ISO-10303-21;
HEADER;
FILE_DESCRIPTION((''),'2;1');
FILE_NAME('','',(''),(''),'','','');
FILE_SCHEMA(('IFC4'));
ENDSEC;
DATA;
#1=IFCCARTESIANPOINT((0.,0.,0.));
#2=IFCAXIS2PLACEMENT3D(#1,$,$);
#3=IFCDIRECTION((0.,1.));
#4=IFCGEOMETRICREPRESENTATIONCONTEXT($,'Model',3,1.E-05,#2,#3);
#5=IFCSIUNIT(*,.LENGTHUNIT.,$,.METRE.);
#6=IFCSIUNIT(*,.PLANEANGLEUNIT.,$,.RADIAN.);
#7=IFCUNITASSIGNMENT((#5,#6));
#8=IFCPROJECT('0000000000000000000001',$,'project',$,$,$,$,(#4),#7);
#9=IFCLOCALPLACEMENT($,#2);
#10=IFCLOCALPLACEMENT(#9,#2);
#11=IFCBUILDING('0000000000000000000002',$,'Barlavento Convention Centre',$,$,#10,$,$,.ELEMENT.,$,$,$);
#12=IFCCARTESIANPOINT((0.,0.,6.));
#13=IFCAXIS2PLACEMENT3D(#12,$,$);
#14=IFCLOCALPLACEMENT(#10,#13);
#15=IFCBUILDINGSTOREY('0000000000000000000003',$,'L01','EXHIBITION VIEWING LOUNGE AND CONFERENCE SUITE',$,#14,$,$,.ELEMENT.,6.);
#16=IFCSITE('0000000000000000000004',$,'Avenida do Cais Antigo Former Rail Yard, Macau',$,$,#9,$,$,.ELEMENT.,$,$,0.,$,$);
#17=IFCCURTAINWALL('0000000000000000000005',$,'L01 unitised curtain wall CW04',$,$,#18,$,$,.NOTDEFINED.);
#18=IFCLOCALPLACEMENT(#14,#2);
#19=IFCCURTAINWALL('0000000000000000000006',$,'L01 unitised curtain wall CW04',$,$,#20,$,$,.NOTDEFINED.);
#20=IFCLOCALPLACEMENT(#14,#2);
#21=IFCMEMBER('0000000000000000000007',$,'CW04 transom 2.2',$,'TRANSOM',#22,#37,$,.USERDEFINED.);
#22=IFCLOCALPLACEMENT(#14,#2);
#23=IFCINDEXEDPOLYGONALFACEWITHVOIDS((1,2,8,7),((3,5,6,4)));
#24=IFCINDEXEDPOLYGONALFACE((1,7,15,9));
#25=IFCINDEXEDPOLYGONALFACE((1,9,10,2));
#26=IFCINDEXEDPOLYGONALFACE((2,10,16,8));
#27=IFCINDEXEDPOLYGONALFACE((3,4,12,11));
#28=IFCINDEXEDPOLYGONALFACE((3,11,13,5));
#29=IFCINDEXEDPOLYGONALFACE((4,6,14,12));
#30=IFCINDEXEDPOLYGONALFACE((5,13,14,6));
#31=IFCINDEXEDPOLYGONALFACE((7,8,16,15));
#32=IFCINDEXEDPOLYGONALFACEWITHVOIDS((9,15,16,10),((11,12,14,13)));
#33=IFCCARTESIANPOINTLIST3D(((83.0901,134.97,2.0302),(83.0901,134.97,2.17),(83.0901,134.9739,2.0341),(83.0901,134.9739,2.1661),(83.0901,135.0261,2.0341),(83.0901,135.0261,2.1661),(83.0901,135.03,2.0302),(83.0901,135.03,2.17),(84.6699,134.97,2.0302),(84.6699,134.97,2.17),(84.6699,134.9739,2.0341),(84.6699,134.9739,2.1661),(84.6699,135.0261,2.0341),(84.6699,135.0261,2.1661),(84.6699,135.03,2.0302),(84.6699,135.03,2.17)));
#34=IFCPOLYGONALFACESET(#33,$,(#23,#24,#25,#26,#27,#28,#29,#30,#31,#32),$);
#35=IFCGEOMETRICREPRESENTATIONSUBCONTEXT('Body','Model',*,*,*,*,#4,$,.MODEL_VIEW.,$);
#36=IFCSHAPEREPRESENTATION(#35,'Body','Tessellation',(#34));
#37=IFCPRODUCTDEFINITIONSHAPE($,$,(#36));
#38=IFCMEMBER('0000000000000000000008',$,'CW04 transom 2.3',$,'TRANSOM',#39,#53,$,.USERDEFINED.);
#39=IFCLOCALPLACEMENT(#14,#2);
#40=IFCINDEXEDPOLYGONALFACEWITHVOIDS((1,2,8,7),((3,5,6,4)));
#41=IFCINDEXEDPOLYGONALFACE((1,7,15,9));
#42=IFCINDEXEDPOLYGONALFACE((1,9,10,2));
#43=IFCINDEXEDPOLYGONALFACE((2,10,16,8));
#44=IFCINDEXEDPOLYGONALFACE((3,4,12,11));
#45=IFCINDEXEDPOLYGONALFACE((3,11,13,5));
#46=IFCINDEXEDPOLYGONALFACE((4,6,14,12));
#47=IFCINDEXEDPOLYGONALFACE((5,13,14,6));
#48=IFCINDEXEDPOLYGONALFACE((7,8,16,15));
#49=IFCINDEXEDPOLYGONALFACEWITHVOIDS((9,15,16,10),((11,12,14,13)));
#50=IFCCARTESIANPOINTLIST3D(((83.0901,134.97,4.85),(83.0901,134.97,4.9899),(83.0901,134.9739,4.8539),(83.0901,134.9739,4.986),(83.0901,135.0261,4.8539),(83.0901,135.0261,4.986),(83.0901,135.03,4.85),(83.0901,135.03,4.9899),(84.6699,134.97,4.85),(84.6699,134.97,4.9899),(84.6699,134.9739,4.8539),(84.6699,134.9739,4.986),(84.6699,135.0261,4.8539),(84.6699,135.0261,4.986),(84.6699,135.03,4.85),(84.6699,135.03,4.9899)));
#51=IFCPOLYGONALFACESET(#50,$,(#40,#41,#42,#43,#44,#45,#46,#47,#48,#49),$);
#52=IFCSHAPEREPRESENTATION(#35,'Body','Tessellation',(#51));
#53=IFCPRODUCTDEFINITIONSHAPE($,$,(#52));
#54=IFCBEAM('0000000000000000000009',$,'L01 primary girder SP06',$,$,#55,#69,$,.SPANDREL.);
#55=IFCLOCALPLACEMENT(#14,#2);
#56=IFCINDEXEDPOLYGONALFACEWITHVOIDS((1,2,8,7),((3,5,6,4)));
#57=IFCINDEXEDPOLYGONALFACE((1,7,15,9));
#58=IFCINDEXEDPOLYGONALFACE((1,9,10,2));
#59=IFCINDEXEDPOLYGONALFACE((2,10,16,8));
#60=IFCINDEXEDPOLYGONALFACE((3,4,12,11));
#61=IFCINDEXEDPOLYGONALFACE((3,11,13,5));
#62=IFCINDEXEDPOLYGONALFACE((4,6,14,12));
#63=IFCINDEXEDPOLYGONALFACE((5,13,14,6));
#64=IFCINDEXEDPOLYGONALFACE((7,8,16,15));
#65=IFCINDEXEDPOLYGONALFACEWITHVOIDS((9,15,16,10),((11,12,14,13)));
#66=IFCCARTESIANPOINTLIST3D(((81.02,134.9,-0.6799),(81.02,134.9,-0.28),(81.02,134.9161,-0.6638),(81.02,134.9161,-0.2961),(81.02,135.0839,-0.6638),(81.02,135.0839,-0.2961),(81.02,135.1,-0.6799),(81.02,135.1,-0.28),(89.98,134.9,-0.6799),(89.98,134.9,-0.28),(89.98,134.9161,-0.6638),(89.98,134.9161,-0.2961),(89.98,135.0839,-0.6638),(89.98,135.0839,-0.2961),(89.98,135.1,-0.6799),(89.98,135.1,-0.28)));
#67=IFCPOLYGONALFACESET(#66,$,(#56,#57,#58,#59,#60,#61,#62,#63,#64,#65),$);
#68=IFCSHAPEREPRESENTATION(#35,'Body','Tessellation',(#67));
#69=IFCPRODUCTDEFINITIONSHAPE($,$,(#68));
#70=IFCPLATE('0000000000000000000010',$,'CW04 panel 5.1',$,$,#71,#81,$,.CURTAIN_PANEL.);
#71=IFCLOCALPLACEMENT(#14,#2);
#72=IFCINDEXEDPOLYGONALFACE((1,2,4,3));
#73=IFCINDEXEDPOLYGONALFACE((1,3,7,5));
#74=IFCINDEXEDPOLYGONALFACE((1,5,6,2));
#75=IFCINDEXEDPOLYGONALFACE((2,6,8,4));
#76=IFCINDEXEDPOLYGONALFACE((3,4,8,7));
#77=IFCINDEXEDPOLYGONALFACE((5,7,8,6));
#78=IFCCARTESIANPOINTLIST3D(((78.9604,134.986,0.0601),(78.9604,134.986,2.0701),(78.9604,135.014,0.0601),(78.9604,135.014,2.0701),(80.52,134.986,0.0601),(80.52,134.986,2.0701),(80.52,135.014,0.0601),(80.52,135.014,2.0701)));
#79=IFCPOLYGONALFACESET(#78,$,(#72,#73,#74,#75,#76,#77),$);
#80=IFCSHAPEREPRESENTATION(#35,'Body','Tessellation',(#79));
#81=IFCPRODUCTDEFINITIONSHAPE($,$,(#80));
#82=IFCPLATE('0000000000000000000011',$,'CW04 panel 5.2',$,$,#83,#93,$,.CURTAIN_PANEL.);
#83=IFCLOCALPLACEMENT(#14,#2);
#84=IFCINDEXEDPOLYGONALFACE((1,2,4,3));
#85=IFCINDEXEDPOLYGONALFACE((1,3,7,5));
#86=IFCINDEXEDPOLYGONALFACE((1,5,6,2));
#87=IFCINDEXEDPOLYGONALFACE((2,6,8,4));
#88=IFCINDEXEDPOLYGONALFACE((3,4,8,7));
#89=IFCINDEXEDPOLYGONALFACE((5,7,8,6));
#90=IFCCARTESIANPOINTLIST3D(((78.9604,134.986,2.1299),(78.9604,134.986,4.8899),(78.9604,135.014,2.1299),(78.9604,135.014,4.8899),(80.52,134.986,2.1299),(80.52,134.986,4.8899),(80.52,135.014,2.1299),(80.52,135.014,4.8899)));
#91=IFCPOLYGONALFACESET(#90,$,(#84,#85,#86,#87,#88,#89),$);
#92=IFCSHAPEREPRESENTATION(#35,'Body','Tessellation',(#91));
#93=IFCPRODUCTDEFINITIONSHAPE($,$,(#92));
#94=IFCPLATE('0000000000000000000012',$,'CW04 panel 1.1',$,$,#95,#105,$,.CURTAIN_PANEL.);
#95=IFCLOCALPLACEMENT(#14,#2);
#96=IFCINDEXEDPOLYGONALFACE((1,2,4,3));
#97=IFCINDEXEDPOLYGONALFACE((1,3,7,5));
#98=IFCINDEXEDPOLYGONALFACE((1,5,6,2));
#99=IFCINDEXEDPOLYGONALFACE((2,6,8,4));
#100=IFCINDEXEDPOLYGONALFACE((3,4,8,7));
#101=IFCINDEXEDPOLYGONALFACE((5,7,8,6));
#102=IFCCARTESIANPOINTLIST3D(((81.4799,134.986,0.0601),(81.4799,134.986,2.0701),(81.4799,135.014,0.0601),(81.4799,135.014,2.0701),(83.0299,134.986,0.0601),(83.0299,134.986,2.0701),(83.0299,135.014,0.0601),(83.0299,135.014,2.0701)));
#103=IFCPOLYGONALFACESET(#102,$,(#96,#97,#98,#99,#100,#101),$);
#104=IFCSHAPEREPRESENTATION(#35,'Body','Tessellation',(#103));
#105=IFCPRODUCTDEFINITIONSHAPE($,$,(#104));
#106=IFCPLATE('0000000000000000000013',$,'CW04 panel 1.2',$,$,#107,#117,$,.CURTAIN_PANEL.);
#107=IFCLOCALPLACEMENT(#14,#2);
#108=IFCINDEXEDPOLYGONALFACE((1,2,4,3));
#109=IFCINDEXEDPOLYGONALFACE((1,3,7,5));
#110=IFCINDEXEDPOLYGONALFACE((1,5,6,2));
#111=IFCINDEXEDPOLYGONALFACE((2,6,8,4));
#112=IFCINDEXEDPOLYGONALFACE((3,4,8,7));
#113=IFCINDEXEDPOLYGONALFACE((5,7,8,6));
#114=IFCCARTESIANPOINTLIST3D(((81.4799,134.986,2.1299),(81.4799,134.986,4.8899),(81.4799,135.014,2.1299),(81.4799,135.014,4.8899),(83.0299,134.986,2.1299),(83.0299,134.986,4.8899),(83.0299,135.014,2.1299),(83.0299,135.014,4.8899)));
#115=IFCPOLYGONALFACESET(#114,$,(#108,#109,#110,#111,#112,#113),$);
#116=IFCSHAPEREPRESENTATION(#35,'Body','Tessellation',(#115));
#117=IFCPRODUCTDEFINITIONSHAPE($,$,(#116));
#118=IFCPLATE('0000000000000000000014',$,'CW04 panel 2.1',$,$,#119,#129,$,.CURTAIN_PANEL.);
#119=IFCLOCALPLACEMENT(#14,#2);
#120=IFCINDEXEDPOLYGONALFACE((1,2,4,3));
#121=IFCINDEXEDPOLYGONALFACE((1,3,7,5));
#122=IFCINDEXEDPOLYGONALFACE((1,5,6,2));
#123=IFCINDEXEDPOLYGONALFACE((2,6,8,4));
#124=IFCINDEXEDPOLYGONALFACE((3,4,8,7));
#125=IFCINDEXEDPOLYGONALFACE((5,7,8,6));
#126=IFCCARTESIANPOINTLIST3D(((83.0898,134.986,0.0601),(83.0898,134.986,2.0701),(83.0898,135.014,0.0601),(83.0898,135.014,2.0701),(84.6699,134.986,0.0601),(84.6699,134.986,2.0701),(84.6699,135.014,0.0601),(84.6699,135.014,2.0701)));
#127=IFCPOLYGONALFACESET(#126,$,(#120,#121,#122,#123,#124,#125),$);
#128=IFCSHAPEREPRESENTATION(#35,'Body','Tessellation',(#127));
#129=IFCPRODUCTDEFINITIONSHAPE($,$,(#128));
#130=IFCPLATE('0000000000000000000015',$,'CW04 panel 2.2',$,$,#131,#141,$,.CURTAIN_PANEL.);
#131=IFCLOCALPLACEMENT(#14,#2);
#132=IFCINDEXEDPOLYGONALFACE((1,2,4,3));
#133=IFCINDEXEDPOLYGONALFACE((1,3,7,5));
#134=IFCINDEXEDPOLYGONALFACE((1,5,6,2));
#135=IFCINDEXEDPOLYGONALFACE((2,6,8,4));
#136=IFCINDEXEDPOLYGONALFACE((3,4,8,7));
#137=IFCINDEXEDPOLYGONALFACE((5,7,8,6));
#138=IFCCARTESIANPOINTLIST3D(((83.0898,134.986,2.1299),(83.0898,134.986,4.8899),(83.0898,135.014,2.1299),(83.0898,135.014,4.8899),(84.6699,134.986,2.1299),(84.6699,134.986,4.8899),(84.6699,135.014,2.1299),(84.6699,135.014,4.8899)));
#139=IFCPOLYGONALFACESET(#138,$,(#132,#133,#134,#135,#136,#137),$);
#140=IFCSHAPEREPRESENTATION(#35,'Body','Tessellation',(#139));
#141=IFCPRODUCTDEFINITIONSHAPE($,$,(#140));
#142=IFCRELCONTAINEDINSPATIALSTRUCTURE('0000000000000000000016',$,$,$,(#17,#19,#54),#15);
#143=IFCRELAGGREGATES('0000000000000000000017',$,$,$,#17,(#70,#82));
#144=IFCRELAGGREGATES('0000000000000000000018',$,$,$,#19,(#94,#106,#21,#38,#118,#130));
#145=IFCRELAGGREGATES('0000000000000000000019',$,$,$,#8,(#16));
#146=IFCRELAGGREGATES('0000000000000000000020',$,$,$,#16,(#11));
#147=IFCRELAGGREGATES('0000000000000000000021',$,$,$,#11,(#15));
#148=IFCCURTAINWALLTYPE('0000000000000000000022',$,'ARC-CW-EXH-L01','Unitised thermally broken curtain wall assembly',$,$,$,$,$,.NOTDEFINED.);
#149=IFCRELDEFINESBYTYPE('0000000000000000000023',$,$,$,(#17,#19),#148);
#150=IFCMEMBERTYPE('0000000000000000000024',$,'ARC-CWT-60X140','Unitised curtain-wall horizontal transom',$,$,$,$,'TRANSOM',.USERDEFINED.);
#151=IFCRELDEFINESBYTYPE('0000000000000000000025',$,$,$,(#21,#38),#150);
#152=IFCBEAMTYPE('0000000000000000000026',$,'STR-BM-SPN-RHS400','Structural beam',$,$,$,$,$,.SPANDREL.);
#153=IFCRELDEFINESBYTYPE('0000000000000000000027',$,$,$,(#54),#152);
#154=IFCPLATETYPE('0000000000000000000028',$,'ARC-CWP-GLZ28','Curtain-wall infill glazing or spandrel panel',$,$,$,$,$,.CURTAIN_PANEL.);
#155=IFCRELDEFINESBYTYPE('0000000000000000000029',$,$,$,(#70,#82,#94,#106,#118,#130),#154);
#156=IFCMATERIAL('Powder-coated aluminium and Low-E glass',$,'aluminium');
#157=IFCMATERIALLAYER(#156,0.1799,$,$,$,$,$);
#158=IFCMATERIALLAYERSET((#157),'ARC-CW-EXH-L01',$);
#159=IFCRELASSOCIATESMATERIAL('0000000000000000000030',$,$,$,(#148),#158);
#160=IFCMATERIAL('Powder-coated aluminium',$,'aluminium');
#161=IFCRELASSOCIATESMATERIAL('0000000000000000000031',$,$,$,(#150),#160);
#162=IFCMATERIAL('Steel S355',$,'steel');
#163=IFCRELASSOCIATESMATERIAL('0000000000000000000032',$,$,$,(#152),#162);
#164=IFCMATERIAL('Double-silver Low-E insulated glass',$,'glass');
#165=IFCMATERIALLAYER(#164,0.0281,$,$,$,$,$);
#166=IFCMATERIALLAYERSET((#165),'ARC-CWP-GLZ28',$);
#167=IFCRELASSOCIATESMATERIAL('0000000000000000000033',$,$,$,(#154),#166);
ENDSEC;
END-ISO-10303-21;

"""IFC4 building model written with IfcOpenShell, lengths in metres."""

from ifc_helpers import new_model, si_unit, direction, frame, origin, origin_2d, place, context, subcontext, project, spatial, rectangle, hollow_rectangle, extrude, material, layer, layer_set, material_profile, profile_set, type_object, element, aggregate, save


model = new_model("IFC4")

# Units and contexts
model_context = context("Model", 3, precision=1e-05, world=origin(), true_north=direction((0.0, 1.0)))
body_context = subcontext(model_context, "Body", "Model", "MODEL_VIEW")
ifc_project = project(units=[si_unit("LENGTHUNIT", "METRE"), si_unit("PLANEANGLEUNIT", "RADIAN")], contexts=[model_context])

# Site, building, storey
site_placement = place(None, origin())
site = spatial("IfcSite", under=ifc_project, at=site_placement, Name="Avenida do Cais Antigo Former Rail Yard, Macau", CompositionType="ELEMENT", RefElevation=0.0)
building_placement = place(site_placement, origin())
building = spatial("IfcBuilding", under=site, at=building_placement, Name="Barlavento Convention Centre", CompositionType="ELEMENT")
storey_placement = place(building_placement, frame((0.0, 0.0, 6.0)))
storey = spatial("IfcBuildingStorey", under=building, at=storey_placement, Name="L01", Description="EXHIBITION VIEWING LOUNGE AND CONFERENCE SUITE", CompositionType="ELEMENT", Elevation=6.0)

# Curtain wall
ifc_material_1 = material(Name="Powder-coated aluminium and Low-E glass", Category="aluminium")
ifc_layer_1 = layer(ifc_material_1, 0.1799)
ifc_layer_set_1 = layer_set([ifc_layer_1], Name="ARC-CW-EXH-L01")
curtain_wall_type = type_object("IfcCurtainWallType", Name="ARC-CW-EXH-L01", Description="Unitised thermally broken curtain wall assembly", PredefinedType="NOTDEFINED", material=ifc_layer_set_1)
curtain_wall_1_placement = place(storey_placement, origin())
curtain_wall_1 = element("IfcCurtainWall", 1, at=curtain_wall_1_placement, inside=storey, type_object=curtain_wall_type, Name="L01 unitised curtain wall CW04", PredefinedType="NOTDEFINED")
ifc_material_2 = material(Name="Powder-coated aluminium", Category="aluminium")

# Curtain wall
curtain_wall_2_placement = place(storey_placement, origin())
curtain_wall_2 = element("IfcCurtainWall", 2, at=curtain_wall_2_placement, inside=storey, type_object=curtain_wall_type, Name="L01 unitised curtain wall CW04", PredefinedType="NOTDEFINED")

# Members
ifc_material_profile_1 = material_profile(ifc_material_2, hollow_rectangle(XDim=0.0601, YDim=0.1399, WallThickness=0.0039, at=origin_2d()), Name="AL-TRAN 60x140x4")
ifc_profile_set_1 = profile_set([ifc_material_profile_1], Name="Powder-coated aluminium")
member_type_1 = type_object("IfcMemberType", Name="ARC-CWT-60X140", Description="Unitised curtain-wall horizontal transom", ElementType="TRANSOM", PredefinedType="USERDEFINED", material=ifc_profile_set_1)
member_1_placement = place(storey_placement, frame((83.0901, 135.0, 2.1001), z_axis=(1.0, 0.0, 0.0), x_axis=(0.0, 1.0, 0.0)))
member_1 = element("IfcMember", 3, at=member_1_placement, type_object=member_type_1, Name="CW04 transom 2.2", ObjectType="TRANSOM", PredefinedType="USERDEFINED", context=body_context, shape_type="SweptSolid", body=[
    extrude(hollow_rectangle(XDim=0.0601, YDim=0.1399, WallThickness=0.0039, at=origin_2d()), origin(), (0.0, 0.0, 1.0), 1.5798),
])
member_2_placement = place(storey_placement, frame((83.0901, 135.0, 4.9199), z_axis=(1.0, 0.0, 0.0), x_axis=(0.0, 1.0, 0.0)))
member_2 = element("IfcMember", 4, at=member_2_placement, type_object=member_type_1, Name="CW04 transom 2.3", ObjectType="TRANSOM", PredefinedType="USERDEFINED", context=body_context, shape_type="SweptSolid", body=[
    extrude(hollow_rectangle(XDim=0.0601, YDim=0.1399, WallThickness=0.0039, at=origin_2d()), origin(), (0.0, 0.0, 1.0), 1.5798),
])

# Beam
ifc_material_3 = material(Name="Steel S355", Category="steel")
ifc_material_profile_2 = material_profile(ifc_material_3, hollow_rectangle(XDim=0.2, YDim=0.3999, WallThickness=0.0161, at=origin_2d()), Name="RHS 400x200x16.0")
ifc_profile_set_2 = profile_set([ifc_material_profile_2], Name="Steel S355")
beam_type = type_object("IfcBeamType", Name="STR-BM-SPN-RHS400", Description="Structural beam", PredefinedType="SPANDREL", material=ifc_profile_set_2)
beam_placement = place(storey_placement, frame((81.02, 135.0, -0.48), z_axis=(1.0, 0.0, 0.0), x_axis=(0.0, 1.0, 0.0)))
element("IfcBeam", 5, at=beam_placement, inside=storey, type_object=beam_type, Name="L01 primary girder SP06", PredefinedType="SPANDREL", context=body_context, shape_type="SweptSolid", body=[
    extrude(hollow_rectangle(XDim=0.2, YDim=0.3999, WallThickness=0.0161, at=origin_2d()), origin(), (0.0, 0.0, 1.0), 8.96),
])

# Plates
ifc_material_4 = material(Name="Double-silver Low-E insulated glass", Category="glass")
ifc_layer_2 = layer(ifc_material_4, 0.0281)
ifc_layer_set_2 = layer_set([ifc_layer_2], Name="ARC-CWP-GLZ28")
plate_type = type_object("IfcPlateType", Name="ARC-CWP-GLZ28", Description="Curtain-wall infill glazing or spandrel panel", PredefinedType="CURTAIN_PANEL", material=ifc_layer_set_2)
plate_1_placement = place(storey_placement, frame((79.7402, 135.0, 0.0601), z_axis=(0.0, 0.0, 1.0), x_axis=(1.0, 0.0, 0.0)))
plate_1 = element("IfcPlate", 6, at=plate_1_placement, type_object=plate_type, Name="CW04 panel 5.1", PredefinedType="CURTAIN_PANEL", context=body_context, shape_type="SweptSolid", body=[
    extrude(rectangle(XDim=1.5596, YDim=0.0281, at=origin_2d()), origin(), (0.0, 0.0, 1.0), 2.01),
])
plate_2_placement = place(storey_placement, frame((79.7402, 135.0, 2.1299), z_axis=(0.0, 0.0, 1.0), x_axis=(1.0, 0.0, 0.0)))
plate_2 = element("IfcPlate", 7, at=plate_2_placement, type_object=plate_type, Name="CW04 panel 5.2", PredefinedType="CURTAIN_PANEL", context=body_context, shape_type="SweptSolid", body=[
    extrude(rectangle(XDim=1.5596, YDim=0.0281, at=origin_2d()), origin(), (0.0, 0.0, 1.0), 2.76),
])
aggregate(curtain_wall_1, [plate_1, plate_2])
plate_3_placement = place(storey_placement, frame((82.2549, 135.0, 0.0601), z_axis=(0.0, 0.0, 1.0), x_axis=(1.0, 0.0, 0.0)))
plate_3 = element("IfcPlate", 8, at=plate_3_placement, type_object=plate_type, Name="CW04 panel 1.1", PredefinedType="CURTAIN_PANEL", context=body_context, shape_type="SweptSolid", body=[
    extrude(rectangle(XDim=1.55, YDim=0.0281, at=origin_2d()), origin(), (0.0, 0.0, 1.0), 2.01),
])
plate_4_placement = place(storey_placement, frame((82.2549, 135.0, 2.1299), z_axis=(0.0, 0.0, 1.0), x_axis=(1.0, 0.0, 0.0)))
plate_4 = element("IfcPlate", 9, at=plate_4_placement, type_object=plate_type, Name="CW04 panel 1.2", PredefinedType="CURTAIN_PANEL", context=body_context, shape_type="SweptSolid", body=[
    extrude(rectangle(XDim=1.55, YDim=0.0281, at=origin_2d()), origin(), (0.0, 0.0, 1.0), 2.76),
])
plate_5_placement = place(storey_placement, frame((83.8799, 135.0, 0.0601), z_axis=(0.0, 0.0, 1.0), x_axis=(1.0, 0.0, 0.0)))
plate_5 = element("IfcPlate", 10, at=plate_5_placement, type_object=plate_type, Name="CW04 panel 2.1", PredefinedType="CURTAIN_PANEL", context=body_context, shape_type="SweptSolid", body=[
    extrude(rectangle(XDim=1.5801, YDim=0.0281, at=origin_2d()), origin(), (0.0, 0.0, 1.0), 2.01),
])
plate_6_placement = place(storey_placement, frame((83.8799, 135.0, 2.1299), z_axis=(0.0, 0.0, 1.0), x_axis=(1.0, 0.0, 0.0)))
plate_6 = element("IfcPlate", 11, at=plate_6_placement, type_object=plate_type, Name="CW04 panel 2.2", PredefinedType="CURTAIN_PANEL", context=body_context, shape_type="SweptSolid", body=[
    extrude(rectangle(XDim=1.5801, YDim=0.0281, at=origin_2d()), origin(), (0.0, 0.0, 1.0), 2.76),
])
aggregate(curtain_wall_2, [plate_3, plate_4, member_1, member_2, plate_5, plate_6])

save(model, "model.ifc")
